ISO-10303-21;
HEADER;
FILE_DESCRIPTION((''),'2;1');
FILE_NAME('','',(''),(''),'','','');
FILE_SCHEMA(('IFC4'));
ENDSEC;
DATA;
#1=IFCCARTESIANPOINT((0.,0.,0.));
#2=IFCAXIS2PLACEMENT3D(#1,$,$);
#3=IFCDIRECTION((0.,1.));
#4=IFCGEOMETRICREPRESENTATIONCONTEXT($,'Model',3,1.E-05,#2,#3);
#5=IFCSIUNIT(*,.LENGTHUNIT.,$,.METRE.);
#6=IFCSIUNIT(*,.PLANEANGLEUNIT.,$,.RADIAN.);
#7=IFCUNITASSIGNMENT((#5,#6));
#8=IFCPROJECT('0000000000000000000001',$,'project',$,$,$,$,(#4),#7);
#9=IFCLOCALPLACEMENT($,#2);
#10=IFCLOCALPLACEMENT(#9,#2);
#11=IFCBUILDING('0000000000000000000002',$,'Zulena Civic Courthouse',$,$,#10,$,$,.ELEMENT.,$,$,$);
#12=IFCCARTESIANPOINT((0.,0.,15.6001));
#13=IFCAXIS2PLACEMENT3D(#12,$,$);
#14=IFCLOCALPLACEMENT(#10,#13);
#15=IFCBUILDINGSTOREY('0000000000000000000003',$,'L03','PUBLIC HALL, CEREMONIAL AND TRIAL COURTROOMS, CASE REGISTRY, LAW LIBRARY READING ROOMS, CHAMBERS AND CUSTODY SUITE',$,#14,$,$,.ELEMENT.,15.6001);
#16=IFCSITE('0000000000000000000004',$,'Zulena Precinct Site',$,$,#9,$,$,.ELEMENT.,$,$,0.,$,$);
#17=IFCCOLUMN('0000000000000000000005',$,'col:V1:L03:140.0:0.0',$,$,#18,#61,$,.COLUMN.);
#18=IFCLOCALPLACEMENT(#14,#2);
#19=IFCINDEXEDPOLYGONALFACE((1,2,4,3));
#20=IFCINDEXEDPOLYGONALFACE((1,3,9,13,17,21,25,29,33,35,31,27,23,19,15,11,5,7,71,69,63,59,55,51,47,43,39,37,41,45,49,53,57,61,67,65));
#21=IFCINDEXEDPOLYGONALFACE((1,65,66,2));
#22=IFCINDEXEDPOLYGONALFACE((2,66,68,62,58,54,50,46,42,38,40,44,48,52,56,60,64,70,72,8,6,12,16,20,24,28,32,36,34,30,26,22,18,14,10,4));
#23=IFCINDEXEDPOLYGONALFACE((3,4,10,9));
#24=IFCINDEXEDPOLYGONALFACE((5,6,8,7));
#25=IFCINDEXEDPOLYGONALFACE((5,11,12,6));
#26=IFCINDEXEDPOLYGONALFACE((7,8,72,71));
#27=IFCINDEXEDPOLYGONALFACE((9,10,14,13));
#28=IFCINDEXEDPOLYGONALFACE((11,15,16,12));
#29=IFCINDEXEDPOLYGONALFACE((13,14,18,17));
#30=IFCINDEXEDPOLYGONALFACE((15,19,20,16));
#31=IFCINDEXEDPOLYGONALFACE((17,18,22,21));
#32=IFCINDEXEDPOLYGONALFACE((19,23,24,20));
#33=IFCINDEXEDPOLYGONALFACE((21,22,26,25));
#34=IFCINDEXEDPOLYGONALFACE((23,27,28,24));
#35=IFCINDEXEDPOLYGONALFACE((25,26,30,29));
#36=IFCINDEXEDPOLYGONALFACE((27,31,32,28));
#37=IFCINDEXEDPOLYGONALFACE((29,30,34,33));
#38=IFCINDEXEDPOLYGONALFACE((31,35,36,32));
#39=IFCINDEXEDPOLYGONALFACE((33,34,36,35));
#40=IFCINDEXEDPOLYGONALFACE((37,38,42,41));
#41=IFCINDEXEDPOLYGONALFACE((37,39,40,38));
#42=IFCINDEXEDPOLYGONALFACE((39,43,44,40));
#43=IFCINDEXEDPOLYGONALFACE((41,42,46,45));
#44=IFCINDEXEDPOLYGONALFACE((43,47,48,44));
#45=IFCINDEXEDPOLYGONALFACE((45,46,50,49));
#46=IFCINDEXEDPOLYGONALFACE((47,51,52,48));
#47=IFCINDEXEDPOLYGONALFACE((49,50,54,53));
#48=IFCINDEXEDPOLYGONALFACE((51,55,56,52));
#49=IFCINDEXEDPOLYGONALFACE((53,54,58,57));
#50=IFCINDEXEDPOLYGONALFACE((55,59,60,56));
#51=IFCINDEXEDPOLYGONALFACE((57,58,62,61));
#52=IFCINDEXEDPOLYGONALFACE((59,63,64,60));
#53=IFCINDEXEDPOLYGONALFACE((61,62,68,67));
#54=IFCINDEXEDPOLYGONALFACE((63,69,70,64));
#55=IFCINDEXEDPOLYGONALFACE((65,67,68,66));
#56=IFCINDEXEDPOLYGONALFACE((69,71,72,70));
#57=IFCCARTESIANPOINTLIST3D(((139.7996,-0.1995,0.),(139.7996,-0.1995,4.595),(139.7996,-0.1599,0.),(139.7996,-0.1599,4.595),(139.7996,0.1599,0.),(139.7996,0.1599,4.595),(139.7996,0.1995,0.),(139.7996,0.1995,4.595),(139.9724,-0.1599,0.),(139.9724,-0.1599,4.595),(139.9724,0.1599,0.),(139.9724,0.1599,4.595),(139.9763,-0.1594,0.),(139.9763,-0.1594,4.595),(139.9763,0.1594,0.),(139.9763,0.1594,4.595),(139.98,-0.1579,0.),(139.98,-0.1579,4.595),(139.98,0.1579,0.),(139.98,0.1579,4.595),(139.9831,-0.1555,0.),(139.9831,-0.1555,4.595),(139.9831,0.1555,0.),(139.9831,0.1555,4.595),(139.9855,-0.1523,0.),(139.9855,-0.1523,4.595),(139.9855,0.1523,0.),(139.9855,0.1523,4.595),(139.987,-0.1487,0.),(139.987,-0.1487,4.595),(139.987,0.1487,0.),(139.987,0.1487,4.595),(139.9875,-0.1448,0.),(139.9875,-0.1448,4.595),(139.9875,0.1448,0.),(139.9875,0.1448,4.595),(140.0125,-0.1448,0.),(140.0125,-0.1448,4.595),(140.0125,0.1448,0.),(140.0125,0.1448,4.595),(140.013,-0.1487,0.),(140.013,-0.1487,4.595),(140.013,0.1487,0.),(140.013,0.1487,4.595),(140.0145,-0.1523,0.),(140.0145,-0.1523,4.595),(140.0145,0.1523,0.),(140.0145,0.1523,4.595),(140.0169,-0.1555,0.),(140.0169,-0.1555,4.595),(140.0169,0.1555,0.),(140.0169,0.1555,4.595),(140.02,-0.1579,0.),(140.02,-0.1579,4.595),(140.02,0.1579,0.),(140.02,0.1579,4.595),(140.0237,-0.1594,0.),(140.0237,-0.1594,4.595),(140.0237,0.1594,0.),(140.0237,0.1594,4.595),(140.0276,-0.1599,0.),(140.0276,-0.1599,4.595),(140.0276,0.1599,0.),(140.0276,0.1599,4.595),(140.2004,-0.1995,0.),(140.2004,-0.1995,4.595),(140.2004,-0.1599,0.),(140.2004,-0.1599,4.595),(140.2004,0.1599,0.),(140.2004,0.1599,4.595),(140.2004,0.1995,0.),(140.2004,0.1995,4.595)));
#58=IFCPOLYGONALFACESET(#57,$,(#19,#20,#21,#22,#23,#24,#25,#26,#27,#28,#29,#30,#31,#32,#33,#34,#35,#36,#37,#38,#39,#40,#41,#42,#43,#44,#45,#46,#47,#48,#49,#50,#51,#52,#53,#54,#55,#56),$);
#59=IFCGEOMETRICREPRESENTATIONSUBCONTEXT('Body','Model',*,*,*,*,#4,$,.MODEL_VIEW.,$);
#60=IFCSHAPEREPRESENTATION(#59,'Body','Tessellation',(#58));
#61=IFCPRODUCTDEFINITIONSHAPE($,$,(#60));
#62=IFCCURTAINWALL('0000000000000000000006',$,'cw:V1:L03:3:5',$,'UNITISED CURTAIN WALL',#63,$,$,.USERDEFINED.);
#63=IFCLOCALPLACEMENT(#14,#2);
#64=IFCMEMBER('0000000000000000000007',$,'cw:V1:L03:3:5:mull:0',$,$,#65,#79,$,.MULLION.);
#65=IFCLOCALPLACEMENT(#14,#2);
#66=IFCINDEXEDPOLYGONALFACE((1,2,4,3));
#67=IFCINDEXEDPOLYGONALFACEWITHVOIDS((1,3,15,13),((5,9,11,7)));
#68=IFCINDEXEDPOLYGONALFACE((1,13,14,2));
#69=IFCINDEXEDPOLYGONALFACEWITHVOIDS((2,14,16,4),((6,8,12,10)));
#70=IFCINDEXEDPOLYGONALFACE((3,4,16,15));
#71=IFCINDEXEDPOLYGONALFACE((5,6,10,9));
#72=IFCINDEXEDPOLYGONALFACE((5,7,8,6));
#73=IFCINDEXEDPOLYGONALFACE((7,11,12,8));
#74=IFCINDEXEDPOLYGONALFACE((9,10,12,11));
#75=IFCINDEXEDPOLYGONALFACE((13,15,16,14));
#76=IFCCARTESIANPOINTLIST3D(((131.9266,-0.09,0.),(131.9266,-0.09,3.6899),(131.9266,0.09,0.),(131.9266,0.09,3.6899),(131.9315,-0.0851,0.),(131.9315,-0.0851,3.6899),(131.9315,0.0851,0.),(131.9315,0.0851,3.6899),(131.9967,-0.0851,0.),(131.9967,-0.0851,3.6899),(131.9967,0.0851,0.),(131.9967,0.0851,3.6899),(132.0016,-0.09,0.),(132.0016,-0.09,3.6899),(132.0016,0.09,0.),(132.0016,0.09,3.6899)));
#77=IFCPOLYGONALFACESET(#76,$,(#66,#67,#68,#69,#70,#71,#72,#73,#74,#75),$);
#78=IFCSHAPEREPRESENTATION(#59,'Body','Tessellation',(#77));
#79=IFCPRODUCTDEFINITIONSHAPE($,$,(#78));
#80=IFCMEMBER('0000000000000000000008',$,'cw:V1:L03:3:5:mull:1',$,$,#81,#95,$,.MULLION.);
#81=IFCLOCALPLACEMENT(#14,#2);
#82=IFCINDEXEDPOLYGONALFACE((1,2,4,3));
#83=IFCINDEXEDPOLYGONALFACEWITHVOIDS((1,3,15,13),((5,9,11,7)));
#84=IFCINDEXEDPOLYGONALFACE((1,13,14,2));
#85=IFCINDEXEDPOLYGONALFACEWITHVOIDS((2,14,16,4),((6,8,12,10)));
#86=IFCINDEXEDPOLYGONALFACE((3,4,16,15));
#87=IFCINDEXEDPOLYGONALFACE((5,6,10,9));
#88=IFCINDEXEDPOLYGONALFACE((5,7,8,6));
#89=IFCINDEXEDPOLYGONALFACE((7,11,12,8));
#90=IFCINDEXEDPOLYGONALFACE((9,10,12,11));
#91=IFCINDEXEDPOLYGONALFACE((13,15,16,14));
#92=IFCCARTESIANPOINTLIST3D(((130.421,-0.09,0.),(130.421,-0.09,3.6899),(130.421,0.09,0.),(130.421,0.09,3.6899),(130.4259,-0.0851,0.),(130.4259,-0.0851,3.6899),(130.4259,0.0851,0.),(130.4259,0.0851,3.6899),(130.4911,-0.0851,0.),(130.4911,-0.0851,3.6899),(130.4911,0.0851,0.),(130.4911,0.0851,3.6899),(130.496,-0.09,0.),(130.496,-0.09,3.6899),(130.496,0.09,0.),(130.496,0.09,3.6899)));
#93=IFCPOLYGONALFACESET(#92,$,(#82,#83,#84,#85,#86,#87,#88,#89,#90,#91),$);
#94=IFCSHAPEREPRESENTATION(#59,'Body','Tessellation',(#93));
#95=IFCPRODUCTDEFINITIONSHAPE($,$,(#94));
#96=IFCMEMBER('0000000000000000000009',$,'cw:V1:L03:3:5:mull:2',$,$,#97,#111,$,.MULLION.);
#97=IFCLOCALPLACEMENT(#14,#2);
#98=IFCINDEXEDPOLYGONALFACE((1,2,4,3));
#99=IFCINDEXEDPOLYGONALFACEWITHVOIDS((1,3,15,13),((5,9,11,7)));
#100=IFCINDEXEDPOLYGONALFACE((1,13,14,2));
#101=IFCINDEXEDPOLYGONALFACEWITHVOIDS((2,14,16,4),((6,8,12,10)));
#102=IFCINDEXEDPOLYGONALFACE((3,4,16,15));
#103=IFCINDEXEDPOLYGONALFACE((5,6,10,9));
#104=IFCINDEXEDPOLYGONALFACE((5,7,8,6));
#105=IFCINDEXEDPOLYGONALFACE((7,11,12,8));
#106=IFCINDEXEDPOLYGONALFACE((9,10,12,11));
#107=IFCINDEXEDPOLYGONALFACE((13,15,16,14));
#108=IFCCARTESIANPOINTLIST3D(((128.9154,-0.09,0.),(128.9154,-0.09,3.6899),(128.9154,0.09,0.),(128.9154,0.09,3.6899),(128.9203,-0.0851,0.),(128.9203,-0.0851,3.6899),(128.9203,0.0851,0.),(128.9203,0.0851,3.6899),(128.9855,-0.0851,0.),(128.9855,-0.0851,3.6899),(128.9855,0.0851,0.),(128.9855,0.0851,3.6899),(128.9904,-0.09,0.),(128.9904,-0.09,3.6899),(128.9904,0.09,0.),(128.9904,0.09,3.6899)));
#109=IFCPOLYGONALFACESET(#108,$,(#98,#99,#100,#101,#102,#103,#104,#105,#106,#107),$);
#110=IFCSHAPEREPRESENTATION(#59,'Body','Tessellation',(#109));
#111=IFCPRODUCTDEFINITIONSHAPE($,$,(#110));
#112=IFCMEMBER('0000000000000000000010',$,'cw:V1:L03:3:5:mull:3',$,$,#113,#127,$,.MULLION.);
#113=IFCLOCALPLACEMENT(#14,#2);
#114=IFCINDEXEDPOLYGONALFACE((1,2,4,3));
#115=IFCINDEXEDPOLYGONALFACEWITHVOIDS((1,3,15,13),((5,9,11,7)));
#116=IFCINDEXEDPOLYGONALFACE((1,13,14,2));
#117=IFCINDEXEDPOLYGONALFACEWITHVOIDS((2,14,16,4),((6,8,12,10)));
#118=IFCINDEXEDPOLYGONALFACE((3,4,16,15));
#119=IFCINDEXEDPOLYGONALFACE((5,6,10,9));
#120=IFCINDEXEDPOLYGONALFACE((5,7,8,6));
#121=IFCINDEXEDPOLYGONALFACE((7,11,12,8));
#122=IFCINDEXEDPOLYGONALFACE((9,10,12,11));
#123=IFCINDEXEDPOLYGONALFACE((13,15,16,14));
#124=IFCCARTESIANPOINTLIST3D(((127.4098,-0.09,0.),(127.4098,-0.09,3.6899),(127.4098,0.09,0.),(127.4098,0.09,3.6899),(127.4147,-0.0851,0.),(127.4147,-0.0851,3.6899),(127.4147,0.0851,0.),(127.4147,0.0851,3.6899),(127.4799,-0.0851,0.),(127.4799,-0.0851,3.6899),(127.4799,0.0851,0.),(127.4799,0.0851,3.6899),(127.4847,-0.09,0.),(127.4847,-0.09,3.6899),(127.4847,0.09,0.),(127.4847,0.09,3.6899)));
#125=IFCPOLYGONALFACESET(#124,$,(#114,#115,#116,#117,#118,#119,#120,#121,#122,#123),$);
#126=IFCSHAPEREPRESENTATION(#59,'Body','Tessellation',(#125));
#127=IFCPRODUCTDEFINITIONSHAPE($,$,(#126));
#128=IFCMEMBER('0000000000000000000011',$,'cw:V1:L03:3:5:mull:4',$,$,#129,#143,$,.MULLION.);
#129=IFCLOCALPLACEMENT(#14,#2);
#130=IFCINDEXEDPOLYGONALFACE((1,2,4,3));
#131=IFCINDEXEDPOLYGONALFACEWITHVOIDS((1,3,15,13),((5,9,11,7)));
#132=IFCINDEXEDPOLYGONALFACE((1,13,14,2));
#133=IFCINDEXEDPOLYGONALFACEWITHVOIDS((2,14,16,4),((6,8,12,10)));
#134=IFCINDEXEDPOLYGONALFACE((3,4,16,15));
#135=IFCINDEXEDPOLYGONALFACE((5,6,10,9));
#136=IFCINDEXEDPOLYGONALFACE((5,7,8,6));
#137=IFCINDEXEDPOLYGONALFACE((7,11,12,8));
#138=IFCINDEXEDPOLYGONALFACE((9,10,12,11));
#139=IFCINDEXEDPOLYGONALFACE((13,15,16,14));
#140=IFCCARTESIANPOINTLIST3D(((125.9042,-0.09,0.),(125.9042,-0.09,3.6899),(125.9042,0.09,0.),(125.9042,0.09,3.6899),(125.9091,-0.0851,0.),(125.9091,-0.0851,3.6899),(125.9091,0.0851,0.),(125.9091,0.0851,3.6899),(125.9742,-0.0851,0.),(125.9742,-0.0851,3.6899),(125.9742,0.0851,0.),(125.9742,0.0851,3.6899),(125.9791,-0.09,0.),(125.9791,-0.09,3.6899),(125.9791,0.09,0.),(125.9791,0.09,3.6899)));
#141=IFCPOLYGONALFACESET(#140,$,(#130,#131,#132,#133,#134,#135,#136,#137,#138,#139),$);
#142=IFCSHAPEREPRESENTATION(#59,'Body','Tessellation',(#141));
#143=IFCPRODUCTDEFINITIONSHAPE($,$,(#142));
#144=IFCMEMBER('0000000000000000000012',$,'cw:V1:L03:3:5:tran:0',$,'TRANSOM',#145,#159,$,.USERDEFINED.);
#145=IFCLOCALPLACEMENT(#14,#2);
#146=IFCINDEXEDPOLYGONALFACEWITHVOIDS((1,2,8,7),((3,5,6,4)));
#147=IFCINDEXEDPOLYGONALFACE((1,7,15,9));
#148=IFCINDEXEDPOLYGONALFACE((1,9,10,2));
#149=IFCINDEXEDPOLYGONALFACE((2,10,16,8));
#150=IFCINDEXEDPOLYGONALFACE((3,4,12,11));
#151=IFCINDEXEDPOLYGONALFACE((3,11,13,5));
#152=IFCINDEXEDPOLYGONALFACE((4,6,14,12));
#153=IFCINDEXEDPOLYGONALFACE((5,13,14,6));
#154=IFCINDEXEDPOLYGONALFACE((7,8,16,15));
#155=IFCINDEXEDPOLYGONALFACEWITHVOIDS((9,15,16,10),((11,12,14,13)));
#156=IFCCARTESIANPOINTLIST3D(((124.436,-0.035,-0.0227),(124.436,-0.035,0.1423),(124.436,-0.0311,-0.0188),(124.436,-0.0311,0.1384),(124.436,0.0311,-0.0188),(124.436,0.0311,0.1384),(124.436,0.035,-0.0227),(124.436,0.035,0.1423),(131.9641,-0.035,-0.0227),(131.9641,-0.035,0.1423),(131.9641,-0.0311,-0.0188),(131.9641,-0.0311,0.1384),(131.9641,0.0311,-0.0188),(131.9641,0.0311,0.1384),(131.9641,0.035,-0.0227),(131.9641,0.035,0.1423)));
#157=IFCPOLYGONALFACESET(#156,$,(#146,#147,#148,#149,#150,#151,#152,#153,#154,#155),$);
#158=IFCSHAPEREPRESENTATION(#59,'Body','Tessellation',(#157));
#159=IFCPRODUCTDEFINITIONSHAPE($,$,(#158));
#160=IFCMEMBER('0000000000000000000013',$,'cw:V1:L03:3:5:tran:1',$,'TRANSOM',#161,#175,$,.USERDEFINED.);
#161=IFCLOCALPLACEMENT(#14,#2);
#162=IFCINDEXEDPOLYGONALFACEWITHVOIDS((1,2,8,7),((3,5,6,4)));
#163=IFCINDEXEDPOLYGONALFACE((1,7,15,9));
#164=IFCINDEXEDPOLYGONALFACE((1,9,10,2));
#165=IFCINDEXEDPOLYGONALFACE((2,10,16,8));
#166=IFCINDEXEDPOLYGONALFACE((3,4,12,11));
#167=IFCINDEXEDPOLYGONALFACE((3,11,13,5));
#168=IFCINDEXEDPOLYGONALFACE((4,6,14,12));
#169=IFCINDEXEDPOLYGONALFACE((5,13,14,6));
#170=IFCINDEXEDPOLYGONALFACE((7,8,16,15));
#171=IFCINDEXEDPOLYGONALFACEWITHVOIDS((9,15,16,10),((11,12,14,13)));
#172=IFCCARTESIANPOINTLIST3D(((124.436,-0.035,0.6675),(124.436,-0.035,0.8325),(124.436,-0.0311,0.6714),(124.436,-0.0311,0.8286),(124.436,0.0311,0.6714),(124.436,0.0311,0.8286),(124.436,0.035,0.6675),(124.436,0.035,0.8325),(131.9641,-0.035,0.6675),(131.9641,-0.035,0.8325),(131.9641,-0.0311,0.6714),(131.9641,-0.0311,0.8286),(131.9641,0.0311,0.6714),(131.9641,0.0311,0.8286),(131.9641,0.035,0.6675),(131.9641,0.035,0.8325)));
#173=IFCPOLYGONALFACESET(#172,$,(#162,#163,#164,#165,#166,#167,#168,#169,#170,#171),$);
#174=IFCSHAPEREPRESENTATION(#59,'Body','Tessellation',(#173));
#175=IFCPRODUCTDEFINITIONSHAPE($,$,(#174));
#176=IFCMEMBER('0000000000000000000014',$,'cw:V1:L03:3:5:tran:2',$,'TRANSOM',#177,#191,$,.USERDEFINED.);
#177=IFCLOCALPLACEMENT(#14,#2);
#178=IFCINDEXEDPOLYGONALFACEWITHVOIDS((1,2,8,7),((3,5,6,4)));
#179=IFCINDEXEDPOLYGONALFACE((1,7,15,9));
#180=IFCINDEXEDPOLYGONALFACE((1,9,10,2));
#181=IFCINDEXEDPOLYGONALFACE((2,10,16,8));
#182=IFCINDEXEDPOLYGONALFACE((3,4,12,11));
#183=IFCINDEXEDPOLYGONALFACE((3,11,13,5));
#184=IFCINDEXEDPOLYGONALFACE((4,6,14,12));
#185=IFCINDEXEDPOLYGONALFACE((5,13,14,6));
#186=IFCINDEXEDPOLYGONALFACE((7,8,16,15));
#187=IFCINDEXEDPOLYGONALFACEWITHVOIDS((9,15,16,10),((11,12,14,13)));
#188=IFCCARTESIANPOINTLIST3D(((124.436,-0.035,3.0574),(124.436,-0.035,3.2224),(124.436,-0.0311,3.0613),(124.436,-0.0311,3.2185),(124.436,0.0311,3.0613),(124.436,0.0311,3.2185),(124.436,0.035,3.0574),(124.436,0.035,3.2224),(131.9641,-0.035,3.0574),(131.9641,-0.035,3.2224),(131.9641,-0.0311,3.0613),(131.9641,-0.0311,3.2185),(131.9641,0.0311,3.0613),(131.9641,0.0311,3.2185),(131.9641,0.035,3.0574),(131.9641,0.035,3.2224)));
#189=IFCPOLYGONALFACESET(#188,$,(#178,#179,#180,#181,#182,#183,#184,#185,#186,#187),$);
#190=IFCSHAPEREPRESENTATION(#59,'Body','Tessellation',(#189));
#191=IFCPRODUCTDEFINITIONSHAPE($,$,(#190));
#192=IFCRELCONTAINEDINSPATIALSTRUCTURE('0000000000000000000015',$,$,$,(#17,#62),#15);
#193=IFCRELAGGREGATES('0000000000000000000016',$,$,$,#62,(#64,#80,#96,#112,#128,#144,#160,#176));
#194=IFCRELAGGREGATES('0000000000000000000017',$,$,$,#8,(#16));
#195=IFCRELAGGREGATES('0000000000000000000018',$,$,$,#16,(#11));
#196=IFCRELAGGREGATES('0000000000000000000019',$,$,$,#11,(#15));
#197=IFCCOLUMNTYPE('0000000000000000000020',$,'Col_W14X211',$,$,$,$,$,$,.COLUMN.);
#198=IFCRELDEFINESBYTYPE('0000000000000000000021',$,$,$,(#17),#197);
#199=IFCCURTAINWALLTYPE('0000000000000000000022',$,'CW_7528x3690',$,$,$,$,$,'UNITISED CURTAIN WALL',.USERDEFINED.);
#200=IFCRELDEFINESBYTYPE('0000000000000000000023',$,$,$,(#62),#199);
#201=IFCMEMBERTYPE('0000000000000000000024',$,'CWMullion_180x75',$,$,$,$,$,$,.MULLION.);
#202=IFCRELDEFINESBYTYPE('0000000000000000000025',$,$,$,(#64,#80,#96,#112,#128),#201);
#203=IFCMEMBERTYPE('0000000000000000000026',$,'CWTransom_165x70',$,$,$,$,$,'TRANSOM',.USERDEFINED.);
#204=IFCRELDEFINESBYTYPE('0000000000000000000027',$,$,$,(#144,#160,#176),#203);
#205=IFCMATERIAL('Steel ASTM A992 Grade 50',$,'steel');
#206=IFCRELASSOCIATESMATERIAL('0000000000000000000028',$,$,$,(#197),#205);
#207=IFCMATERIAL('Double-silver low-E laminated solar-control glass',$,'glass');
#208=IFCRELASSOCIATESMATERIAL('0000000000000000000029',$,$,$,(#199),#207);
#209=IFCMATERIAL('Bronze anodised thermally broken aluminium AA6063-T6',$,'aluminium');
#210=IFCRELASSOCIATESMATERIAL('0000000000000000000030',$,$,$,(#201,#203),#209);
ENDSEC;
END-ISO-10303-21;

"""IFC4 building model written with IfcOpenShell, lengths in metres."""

from ifc_helpers import new_model, si_unit, direction, frame, origin, origin_2d, place, context, subcontext, project, spatial, hollow_rectangle, i_section, extrude, material, material_profile, profile_set, type_object, element, aggregate, save


model = new_model("IFC4")

# Units and contexts
model_context = context("Model", 3, precision=1e-05, world=origin(), true_north=direction((0.0, 1.0)))
body_context = subcontext(model_context, "Body", "Model", "MODEL_VIEW")
ifc_project = project(units=[si_unit("LENGTHUNIT", "METRE"), si_unit("PLANEANGLEUNIT", "RADIAN")], contexts=[model_context])

# Site, building, storey
site_placement = place(None, origin())
site = spatial("IfcSite", under=ifc_project, at=site_placement, Name="Zulena Precinct Site", CompositionType="ELEMENT", RefElevation=0.0)
building_placement = place(site_placement, origin())
building = spatial("IfcBuilding", under=site, at=building_placement, Name="Zulena Civic Courthouse", CompositionType="ELEMENT")
storey_placement = place(building_placement, frame((0.0, 0.0, 15.6001)))
storey = spatial("IfcBuildingStorey", under=building, at=storey_placement, Name="L03", Description="PUBLIC HALL, CEREMONIAL AND TRIAL COURTROOMS, CASE REGISTRY, LAW LIBRARY READING ROOMS, CHAMBERS AND CUSTODY SUITE", CompositionType="ELEMENT", Elevation=15.6001)

# Column
ifc_material_1 = material(Name="Steel ASTM A992 Grade 50", Category="steel")
ifc_material_profile_1 = material_profile(ifc_material_1, i_section(OverallWidth=0.4009, OverallDepth=0.3989, WebThickness=0.0249, FlangeThickness=0.0396, FilletRadius=0.0151, at=origin_2d()), Name="W14X211")
ifc_profile_set_1 = profile_set([ifc_material_profile_1], Name="Steel ASTM A992 Grade 50")
column_type_1 = type_object("IfcColumnType", Name="Col_W14X211", PredefinedType="COLUMN", material=ifc_profile_set_1)
for number, where, z_axis, x_axis, name in (
    (1, (140.0, 0.0, 0.0), (0.0, 0.0, 1.0), (1.0, 0.0, 0.0), "col:V1:L03:140.0:0.0"),
):
    element("IfcColumn", number, at=place(storey_placement, frame(where, z_axis=z_axis, x_axis=x_axis)), inside=storey, type_object=column_type_1, Name=name, PredefinedType="COLUMN", context=body_context, shape_type="SweptSolid", body=[
        extrude(i_section(OverallWidth=0.4009, OverallDepth=0.3989, WebThickness=0.0249, FlangeThickness=0.0396, FilletRadius=0.0151, at=origin_2d()), origin(), (0.0, 0.0, 1.0), 4.595),
    ])

# Curtain wall, members
ifc_material_2 = material(Name="Double-silver low-E laminated solar-control glass", Category="glass")
curtain_wall_type = type_object("IfcCurtainWallType", Name="CW_7528x3690", ElementType="UNITISED CURTAIN WALL", PredefinedType="USERDEFINED", material=ifc_material_2)
curtain_wall_placement = place(storey_placement, origin())
curtain_wall = element("IfcCurtainWall", 2, at=curtain_wall_placement, inside=storey, type_object=curtain_wall_type, Name="cw:V1:L03:3:5", ObjectType="UNITISED CURTAIN WALL", PredefinedType="USERDEFINED")
ifc_material_3 = material(Name="Bronze anodised thermally broken aluminium AA6063-T6", Category="aluminium")
ifc_material_profile_2 = material_profile(ifc_material_3, hollow_rectangle(XDim=0.075, YDim=0.1799, WallThickness=0.0049, at=origin_2d()), Name="CWM180X75X5")
ifc_profile_set_2 = profile_set([ifc_material_profile_2], Name="Bronze anodised thermally broken aluminium AA6063-T6")
member_type_1 = type_object("IfcMemberType", Name="CWMullion_180x75", PredefinedType="MULLION", material=ifc_profile_set_2)
member_1_placement = place(storey_placement, frame((131.9641, 0.0, 0.0), z_axis=(0.0, 0.0, 1.0), x_axis=(1.0, 0.0, 0.0)))
member_1 = element("IfcMember", 3, at=member_1_placement, type_object=member_type_1, Name="cw:V1:L03:3:5:mull:0", PredefinedType="MULLION", context=body_context, shape_type="SweptSolid", body=[
    extrude(hollow_rectangle(XDim=0.075, YDim=0.1799, WallThickness=0.0049, at=origin_2d()), origin(), (0.0, 0.0, 1.0), 3.6899),
])
member_2_placement = place(storey_placement, frame((130.4585, 0.0, 0.0), z_axis=(0.0, 0.0, 1.0), x_axis=(1.0, 0.0, 0.0)))
member_2 = element("IfcMember", 4, at=member_2_placement, type_object=member_type_1, Name="cw:V1:L03:3:5:mull:1", PredefinedType="MULLION", context=body_context, shape_type="SweptSolid", body=[
    extrude(hollow_rectangle(XDim=0.075, YDim=0.1799, WallThickness=0.0049, at=origin_2d()), origin(), (0.0, 0.0, 1.0), 3.6899),
])
member_3_placement = place(storey_placement, frame((128.9529, 0.0, 0.0), z_axis=(0.0, 0.0, 1.0), x_axis=(1.0, 0.0, 0.0)))
member_3 = element("IfcMember", 5, at=member_3_placement, type_object=member_type_1, Name="cw:V1:L03:3:5:mull:2", PredefinedType="MULLION", context=body_context, shape_type="SweptSolid", body=[
    extrude(hollow_rectangle(XDim=0.075, YDim=0.1799, WallThickness=0.0049, at=origin_2d()), origin(), (0.0, 0.0, 1.0), 3.6899),
])
member_4_placement = place(storey_placement, frame((127.4473, 0.0, 0.0), z_axis=(0.0, 0.0, 1.0), x_axis=(1.0, 0.0, 0.0)))
member_4 = element("IfcMember", 6, at=member_4_placement, type_object=member_type_1, Name="cw:V1:L03:3:5:mull:3", PredefinedType="MULLION", context=body_context, shape_type="SweptSolid", body=[
    extrude(hollow_rectangle(XDim=0.075, YDim=0.1799, WallThickness=0.0049, at=origin_2d()), origin(), (0.0, 0.0, 1.0), 3.6899),
])
member_5_placement = place(storey_placement, frame((125.9417, 0.0, 0.0), z_axis=(0.0, 0.0, 1.0), x_axis=(1.0, 0.0, 0.0)))
member_5 = element("IfcMember", 7, at=member_5_placement, type_object=member_type_1, Name="cw:V1:L03:3:5:mull:4", PredefinedType="MULLION", context=body_context, shape_type="SweptSolid", body=[
    extrude(hollow_rectangle(XDim=0.075, YDim=0.1799, WallThickness=0.0049, at=origin_2d()), origin(), (0.0, 0.0, 1.0), 3.6899),
])
ifc_material_profile_3 = material_profile(ifc_material_3, hollow_rectangle(XDim=0.0701, YDim=0.165, WallThickness=0.0039, at=origin_2d()), Name="CWT165X70X4")
ifc_profile_set_3 = profile_set([ifc_material_profile_3], Name="Bronze anodised thermally broken aluminium AA6063-T6")
member_type_2 = type_object("IfcMemberType", Name="CWTransom_165x70", ElementType="TRANSOM", PredefinedType="USERDEFINED", material=ifc_profile_set_3)
member_6_placement = place(storey_placement, frame((131.9641, 0.0, 0.0598), z_axis=(-1.0, 0.0, 0.0), x_axis=(0.0, -1.0, 0.0)))
member_6 = element("IfcMember", 8, at=member_6_placement, type_object=member_type_2, Name="cw:V1:L03:3:5:tran:0", ObjectType="TRANSOM", PredefinedType="USERDEFINED", context=body_context, shape_type="SweptSolid", body=[
    extrude(hollow_rectangle(XDim=0.0701, YDim=0.165, WallThickness=0.0039, at=origin_2d()), origin(), (0.0, 0.0, 1.0), 7.5281),
])
member_7_placement = place(storey_placement, frame((131.9641, 0.0, 0.75), z_axis=(-1.0, 0.0, 0.0), x_axis=(0.0, -1.0, 0.0)))
member_7 = element("IfcMember", 9, at=member_7_placement, type_object=member_type_2, Name="cw:V1:L03:3:5:tran:1", ObjectType="TRANSOM", PredefinedType="USERDEFINED", context=body_context, shape_type="SweptSolid", body=[
    extrude(hollow_rectangle(XDim=0.0701, YDim=0.165, WallThickness=0.0039, at=origin_2d()), origin(), (0.0, 0.0, 1.0), 7.5281),
])
member_8_placement = place(storey_placement, frame((131.9641, 0.0, 3.1399), z_axis=(-1.0, 0.0, 0.0), x_axis=(0.0, -1.0, 0.0)))
member_8 = element("IfcMember", 10, at=member_8_placement, type_object=member_type_2, Name="cw:V1:L03:3:5:tran:2", ObjectType="TRANSOM", PredefinedType="USERDEFINED", context=body_context, shape_type="SweptSolid", body=[
    extrude(hollow_rectangle(XDim=0.0701, YDim=0.165, WallThickness=0.0039, at=origin_2d()), origin(), (0.0, 0.0, 1.0), 7.5281),
])

aggregate(curtain_wall, [member_1, member_2, member_3, member_4, member_5, member_6, member_7, member_8])

save(model, "model.ifc")
